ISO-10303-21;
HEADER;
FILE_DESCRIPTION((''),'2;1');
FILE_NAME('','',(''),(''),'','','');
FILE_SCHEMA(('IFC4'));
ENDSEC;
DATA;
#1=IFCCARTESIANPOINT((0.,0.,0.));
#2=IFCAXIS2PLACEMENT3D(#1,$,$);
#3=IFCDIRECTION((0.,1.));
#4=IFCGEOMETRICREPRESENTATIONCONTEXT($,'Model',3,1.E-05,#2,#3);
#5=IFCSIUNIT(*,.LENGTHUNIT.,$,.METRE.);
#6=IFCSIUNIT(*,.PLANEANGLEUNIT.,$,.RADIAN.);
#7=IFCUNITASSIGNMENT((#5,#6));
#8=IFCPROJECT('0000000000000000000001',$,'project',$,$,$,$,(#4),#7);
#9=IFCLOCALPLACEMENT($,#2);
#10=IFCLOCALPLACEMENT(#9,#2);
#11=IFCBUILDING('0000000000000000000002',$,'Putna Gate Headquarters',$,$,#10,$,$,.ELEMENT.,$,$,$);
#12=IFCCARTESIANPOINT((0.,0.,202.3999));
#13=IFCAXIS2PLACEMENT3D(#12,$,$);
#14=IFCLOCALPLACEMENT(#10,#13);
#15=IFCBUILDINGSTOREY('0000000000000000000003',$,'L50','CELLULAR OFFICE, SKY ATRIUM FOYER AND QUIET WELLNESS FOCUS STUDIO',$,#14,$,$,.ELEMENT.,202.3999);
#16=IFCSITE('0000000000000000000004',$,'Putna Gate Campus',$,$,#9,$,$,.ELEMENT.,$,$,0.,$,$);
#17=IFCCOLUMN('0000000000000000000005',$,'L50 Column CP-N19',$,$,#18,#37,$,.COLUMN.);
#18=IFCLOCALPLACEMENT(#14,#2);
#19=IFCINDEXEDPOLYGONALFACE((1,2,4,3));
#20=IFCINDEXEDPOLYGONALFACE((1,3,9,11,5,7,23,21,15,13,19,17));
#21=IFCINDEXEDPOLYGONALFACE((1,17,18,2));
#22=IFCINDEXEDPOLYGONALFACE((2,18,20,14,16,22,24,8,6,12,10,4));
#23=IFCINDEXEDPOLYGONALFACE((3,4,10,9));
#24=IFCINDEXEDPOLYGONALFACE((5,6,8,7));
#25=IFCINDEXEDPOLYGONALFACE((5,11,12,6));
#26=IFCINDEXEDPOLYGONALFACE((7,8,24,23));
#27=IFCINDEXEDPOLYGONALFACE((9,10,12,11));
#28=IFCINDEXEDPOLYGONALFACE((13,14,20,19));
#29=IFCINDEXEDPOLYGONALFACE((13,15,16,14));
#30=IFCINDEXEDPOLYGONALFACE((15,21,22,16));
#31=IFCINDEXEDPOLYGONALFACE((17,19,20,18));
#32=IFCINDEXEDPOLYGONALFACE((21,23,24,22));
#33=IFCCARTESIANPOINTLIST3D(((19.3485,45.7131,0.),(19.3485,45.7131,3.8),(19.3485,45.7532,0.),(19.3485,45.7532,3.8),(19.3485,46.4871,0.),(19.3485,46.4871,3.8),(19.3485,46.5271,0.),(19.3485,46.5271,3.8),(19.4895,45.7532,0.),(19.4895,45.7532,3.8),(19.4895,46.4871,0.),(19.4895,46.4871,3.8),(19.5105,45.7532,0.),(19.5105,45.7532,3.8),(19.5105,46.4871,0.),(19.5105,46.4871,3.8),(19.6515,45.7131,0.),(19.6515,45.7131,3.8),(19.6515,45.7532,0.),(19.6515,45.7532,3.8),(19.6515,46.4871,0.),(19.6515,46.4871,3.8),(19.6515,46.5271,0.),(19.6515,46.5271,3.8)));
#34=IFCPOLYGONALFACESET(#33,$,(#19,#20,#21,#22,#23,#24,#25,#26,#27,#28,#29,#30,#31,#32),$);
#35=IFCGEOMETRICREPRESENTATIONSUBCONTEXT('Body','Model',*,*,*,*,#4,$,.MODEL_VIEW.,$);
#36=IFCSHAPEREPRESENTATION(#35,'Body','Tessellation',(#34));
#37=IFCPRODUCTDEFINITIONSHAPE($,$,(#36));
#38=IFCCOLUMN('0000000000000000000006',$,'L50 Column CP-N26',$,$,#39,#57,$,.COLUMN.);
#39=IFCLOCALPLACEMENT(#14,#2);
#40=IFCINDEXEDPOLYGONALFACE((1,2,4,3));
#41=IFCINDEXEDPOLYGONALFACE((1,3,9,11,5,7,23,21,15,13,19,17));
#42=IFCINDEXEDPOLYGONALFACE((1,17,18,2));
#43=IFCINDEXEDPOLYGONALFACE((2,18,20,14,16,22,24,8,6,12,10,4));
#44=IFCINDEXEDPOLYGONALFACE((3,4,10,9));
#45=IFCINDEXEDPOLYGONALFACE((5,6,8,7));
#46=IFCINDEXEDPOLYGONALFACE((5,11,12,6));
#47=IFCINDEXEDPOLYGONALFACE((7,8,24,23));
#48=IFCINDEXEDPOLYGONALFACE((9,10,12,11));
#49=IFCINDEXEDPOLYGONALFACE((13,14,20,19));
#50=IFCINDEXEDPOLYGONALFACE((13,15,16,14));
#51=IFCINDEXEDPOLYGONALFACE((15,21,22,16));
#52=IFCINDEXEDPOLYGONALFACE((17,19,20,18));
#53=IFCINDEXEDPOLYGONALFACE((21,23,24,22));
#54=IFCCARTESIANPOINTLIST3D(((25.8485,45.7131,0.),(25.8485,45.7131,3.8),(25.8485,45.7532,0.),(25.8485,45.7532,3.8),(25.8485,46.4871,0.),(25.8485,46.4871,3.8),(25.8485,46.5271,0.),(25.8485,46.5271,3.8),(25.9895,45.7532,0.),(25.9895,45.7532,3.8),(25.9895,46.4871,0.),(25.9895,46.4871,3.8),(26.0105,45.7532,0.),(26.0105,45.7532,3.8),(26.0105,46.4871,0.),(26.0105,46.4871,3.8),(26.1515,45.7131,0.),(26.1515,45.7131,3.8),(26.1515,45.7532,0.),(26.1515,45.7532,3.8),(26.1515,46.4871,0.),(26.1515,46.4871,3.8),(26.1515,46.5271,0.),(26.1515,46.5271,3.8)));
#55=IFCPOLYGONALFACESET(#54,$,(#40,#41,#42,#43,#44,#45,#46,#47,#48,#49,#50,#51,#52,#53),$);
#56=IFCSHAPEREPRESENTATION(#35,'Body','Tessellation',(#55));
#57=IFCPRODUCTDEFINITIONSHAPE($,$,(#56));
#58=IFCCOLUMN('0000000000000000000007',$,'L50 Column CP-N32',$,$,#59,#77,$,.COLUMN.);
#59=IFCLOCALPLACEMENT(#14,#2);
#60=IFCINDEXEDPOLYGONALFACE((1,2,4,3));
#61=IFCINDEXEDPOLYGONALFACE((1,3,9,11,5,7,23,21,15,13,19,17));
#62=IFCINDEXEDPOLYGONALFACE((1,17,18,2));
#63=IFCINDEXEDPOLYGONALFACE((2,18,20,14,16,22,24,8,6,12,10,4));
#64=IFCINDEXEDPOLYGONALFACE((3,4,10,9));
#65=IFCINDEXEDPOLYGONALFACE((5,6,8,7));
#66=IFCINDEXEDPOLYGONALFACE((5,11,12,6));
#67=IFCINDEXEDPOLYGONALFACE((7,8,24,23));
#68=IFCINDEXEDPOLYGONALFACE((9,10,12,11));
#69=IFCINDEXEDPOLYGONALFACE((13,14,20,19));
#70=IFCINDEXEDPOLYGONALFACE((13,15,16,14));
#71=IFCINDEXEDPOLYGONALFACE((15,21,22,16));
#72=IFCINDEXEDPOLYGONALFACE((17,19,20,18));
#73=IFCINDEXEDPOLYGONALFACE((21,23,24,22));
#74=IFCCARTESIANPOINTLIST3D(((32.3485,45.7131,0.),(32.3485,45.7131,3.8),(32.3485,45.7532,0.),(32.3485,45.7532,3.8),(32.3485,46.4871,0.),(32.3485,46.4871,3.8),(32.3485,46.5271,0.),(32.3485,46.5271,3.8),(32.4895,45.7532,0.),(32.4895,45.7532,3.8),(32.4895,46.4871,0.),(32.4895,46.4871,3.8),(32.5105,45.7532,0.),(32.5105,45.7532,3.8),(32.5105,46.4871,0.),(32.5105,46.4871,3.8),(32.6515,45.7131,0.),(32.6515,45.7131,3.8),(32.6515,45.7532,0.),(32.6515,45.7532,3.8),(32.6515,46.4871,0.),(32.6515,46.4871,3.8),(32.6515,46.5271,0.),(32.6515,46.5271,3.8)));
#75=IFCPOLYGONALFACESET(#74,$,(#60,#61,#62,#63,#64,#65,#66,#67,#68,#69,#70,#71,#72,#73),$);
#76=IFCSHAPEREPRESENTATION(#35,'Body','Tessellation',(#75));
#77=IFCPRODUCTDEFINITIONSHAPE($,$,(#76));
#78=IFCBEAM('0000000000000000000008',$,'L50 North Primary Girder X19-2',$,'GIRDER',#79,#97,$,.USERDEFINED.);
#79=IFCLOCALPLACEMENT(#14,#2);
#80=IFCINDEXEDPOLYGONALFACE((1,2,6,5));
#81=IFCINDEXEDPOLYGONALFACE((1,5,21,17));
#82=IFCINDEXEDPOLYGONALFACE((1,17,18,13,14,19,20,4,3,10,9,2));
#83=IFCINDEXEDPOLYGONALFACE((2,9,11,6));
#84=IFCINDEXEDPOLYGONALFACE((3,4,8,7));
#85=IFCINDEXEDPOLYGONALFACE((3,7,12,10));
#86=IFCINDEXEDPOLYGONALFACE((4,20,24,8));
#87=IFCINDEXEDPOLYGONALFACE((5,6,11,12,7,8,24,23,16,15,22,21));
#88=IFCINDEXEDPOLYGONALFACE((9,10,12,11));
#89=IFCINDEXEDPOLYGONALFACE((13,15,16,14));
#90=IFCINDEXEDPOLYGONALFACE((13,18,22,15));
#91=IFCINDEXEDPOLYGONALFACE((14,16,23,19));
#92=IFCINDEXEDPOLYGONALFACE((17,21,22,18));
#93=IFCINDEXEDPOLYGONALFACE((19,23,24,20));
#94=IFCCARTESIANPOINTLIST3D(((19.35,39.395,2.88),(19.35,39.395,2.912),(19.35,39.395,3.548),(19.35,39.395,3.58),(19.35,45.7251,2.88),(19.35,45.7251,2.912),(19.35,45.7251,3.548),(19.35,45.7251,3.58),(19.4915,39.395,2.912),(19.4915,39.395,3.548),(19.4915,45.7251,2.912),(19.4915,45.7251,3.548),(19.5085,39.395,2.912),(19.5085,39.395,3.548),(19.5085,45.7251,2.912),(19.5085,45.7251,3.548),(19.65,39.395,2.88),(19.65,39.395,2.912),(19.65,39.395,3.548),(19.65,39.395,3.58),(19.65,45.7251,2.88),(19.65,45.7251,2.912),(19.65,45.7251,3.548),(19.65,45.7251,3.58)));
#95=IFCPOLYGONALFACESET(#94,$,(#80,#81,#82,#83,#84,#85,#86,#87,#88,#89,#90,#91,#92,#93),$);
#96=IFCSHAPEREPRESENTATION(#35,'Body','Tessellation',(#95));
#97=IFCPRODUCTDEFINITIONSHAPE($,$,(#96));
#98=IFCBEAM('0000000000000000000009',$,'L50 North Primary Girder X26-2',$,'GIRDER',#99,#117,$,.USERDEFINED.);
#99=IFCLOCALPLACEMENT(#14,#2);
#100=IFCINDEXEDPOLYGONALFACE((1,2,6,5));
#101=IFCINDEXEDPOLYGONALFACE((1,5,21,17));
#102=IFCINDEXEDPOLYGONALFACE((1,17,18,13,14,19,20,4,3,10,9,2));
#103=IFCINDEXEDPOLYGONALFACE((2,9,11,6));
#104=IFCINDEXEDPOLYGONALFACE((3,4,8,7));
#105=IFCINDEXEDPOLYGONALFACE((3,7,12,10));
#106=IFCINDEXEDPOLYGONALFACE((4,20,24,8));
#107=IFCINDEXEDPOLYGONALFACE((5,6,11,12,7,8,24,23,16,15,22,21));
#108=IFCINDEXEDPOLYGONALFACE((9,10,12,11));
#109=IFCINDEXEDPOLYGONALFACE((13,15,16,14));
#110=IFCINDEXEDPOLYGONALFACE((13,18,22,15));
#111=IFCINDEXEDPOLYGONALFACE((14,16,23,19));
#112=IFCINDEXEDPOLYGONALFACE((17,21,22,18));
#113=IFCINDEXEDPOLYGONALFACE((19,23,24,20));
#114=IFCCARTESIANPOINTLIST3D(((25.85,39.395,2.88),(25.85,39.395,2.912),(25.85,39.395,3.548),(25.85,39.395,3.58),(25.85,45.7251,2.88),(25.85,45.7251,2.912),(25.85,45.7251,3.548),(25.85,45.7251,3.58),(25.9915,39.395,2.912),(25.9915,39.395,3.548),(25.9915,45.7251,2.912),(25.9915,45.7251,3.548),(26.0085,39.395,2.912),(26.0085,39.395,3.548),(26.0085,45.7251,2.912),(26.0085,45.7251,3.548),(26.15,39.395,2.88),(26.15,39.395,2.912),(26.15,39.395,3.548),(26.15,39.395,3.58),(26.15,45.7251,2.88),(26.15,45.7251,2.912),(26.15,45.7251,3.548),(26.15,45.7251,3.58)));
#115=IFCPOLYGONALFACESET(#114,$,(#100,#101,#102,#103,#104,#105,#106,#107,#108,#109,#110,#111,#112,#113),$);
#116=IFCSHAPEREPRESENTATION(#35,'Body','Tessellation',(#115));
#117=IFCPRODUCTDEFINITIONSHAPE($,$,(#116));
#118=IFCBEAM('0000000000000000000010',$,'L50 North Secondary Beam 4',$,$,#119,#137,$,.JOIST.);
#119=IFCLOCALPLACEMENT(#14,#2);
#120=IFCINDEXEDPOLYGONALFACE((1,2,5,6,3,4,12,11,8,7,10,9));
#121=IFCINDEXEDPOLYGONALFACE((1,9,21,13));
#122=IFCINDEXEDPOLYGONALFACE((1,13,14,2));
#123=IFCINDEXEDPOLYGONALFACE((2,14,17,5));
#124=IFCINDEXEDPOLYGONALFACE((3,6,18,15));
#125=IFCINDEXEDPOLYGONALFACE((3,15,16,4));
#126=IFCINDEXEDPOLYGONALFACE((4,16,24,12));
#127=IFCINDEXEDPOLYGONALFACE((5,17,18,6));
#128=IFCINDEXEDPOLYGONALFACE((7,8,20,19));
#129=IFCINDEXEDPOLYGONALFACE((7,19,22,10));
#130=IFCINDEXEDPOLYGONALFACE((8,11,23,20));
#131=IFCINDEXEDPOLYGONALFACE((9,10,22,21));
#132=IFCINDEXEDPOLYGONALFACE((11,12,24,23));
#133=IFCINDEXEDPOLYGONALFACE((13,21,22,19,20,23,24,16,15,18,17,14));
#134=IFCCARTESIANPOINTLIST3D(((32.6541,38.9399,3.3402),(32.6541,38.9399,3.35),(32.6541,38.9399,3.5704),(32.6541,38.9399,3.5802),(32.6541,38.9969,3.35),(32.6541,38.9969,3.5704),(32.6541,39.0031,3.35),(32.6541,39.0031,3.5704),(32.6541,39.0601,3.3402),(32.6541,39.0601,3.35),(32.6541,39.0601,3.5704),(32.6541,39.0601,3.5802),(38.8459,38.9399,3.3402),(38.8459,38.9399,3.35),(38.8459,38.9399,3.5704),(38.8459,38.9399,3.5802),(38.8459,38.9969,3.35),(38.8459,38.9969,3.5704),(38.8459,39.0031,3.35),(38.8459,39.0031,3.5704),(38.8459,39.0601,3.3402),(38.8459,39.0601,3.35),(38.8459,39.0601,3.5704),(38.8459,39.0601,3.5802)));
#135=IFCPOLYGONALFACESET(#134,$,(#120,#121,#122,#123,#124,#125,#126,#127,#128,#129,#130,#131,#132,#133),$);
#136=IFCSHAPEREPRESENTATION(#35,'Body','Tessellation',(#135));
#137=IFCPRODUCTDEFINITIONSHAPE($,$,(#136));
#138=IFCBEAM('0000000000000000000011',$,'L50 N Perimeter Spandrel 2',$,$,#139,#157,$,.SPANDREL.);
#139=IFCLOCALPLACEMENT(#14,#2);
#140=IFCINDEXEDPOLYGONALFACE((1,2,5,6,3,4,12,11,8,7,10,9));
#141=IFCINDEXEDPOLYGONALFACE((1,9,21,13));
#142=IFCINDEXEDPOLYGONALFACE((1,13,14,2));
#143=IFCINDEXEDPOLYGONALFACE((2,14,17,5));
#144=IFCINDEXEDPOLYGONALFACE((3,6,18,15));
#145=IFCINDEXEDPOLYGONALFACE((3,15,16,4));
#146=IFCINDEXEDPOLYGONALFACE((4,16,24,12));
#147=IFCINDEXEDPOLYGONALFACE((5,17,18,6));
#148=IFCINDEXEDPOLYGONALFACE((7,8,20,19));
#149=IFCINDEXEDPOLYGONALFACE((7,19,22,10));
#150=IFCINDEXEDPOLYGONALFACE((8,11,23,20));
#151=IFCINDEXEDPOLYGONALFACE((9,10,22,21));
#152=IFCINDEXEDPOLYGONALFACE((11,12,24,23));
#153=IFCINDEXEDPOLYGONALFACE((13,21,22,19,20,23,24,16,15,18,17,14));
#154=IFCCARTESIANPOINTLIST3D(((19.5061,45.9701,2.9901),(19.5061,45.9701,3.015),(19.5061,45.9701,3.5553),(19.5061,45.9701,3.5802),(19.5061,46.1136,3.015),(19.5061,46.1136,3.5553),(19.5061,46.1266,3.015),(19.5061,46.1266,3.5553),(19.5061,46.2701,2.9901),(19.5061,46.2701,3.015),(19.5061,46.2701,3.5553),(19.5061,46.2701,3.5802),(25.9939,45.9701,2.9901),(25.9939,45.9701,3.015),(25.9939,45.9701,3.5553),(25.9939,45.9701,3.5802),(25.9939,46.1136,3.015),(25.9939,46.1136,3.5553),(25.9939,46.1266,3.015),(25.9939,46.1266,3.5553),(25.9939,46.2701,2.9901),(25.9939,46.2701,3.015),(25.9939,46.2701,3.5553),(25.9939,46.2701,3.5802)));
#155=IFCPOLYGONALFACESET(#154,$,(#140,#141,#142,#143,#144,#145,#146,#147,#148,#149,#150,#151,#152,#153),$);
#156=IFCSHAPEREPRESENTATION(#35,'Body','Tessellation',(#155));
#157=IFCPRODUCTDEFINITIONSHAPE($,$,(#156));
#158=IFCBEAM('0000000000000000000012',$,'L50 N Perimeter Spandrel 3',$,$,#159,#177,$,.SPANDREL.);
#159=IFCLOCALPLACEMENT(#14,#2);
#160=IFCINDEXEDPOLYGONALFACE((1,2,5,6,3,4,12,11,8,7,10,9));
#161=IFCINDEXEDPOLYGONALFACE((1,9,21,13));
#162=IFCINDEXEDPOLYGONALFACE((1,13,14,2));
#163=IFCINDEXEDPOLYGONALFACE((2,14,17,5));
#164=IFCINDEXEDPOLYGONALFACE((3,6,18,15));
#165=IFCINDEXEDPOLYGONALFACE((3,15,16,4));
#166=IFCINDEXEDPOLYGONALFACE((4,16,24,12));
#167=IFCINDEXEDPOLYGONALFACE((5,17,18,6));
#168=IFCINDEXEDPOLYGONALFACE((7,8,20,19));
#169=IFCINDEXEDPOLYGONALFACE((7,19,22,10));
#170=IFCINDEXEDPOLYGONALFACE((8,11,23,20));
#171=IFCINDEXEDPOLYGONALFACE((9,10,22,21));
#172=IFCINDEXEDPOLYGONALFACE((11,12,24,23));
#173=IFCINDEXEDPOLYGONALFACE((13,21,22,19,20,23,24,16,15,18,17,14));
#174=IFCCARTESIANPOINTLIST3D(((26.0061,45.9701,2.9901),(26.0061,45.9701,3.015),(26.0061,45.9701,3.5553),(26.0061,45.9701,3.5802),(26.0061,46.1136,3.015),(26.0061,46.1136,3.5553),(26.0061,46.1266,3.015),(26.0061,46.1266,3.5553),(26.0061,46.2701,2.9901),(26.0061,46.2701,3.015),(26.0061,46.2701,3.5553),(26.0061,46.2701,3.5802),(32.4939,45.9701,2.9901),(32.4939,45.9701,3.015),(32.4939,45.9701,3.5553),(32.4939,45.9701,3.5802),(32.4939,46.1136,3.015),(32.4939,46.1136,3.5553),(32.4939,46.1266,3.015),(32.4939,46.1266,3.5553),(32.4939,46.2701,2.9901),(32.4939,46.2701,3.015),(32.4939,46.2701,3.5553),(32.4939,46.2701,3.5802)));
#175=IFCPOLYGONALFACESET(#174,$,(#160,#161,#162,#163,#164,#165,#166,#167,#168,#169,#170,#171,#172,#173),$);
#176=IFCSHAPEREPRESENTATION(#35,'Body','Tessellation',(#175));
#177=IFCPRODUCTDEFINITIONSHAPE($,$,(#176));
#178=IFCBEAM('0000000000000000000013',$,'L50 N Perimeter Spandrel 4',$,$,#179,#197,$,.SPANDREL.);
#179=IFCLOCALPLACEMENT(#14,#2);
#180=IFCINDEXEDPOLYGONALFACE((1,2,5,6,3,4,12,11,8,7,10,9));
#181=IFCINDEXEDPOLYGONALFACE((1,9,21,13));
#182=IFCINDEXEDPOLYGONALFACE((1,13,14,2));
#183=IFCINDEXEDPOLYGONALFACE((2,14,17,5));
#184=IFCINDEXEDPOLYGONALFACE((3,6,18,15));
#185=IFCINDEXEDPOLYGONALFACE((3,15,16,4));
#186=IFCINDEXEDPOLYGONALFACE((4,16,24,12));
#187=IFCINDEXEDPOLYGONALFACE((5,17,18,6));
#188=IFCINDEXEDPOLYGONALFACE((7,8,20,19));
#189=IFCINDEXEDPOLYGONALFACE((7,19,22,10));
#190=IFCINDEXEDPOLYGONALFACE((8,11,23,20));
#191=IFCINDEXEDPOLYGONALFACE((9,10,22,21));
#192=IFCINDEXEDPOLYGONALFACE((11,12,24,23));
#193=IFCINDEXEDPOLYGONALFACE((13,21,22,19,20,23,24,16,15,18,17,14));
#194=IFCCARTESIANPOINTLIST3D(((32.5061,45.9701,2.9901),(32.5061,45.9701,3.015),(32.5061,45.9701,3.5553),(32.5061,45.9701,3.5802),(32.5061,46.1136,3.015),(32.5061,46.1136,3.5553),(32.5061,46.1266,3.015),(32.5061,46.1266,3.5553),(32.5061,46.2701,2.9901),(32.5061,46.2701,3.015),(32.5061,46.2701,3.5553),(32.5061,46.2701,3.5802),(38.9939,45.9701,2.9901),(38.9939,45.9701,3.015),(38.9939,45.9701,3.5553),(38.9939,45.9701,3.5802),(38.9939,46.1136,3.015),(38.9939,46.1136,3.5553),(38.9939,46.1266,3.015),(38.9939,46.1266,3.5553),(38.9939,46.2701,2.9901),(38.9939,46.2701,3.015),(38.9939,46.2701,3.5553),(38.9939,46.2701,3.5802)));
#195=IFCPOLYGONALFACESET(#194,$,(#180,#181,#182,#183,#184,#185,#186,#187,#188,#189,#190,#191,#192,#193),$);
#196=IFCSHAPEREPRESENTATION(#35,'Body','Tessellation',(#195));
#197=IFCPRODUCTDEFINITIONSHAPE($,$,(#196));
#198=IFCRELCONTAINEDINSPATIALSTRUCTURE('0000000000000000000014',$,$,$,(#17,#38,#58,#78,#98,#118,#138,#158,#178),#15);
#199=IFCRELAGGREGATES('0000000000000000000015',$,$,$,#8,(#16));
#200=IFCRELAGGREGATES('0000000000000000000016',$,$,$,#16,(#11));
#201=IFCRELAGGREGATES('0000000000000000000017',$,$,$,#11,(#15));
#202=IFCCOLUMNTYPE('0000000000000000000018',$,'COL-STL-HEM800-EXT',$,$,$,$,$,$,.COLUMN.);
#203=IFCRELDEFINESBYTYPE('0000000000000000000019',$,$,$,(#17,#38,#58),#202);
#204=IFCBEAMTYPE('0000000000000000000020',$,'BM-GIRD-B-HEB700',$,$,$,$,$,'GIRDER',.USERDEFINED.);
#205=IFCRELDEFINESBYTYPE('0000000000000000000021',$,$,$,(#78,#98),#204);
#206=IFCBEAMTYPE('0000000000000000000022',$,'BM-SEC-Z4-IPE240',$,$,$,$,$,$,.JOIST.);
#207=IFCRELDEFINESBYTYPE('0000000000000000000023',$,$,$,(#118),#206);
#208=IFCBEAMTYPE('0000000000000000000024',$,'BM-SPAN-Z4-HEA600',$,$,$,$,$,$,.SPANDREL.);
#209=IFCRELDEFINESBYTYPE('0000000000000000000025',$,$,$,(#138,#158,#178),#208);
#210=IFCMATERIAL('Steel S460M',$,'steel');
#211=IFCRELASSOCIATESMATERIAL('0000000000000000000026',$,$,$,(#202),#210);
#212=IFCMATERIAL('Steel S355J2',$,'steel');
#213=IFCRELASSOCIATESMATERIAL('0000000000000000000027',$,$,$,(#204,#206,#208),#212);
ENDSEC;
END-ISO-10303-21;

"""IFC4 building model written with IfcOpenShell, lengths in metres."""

from ifc_helpers import new_model, si_unit, direction, frame, origin, origin_2d, place, context, subcontext, project, spatial, i_section, extrude, material, material_profile, profile_set, type_object, element, save


model = new_model("IFC4")

# Units and contexts
model_context = context("Model", 3, precision=1e-05, world=origin(), true_north=direction((0.0, 1.0)))
body_context = subcontext(model_context, "Body", "Model", "MODEL_VIEW")
ifc_project = project(units=[si_unit("LENGTHUNIT", "METRE"), si_unit("PLANEANGLEUNIT", "RADIAN")], contexts=[model_context])

# Site, building, storey
site_placement = place(None, origin())
site = spatial("IfcSite", under=ifc_project, at=site_placement, Name="Putna Gate Campus", CompositionType="ELEMENT", RefElevation=0.0)
building_placement = place(site_placement, origin())
building = spatial("IfcBuilding", under=site, at=building_placement, Name="Putna Gate Headquarters", CompositionType="ELEMENT")
storey_placement = place(building_placement, frame((0.0, 0.0, 202.3999)))
storey = spatial("IfcBuildingStorey", under=building, at=storey_placement, Name="L50", Description="CELLULAR OFFICE, SKY ATRIUM FOYER AND QUIET WELLNESS FOCUS STUDIO", CompositionType="ELEMENT", Elevation=202.3999)

# Columns
ifc_material_1 = material(Name="Steel S460M", Category="steel")
ifc_material_profile_1 = material_profile(ifc_material_1, i_section(OverallWidth=0.303, OverallDepth=0.814, WebThickness=0.021, FlangeThickness=0.04, at=origin_2d()), Name="Steel S460M")
ifc_profile_set_1 = profile_set([ifc_material_profile_1], Name="Steel S460M")
column_type = type_object("IfcColumnType", Name="COL-STL-HEM800-EXT", PredefinedType="COLUMN", material=ifc_profile_set_1)
for number, where, z_axis, x_axis, name in (
    (1, (19.5, 46.1201, 0.0), (0.0, 0.0, 1.0), (1.0, 0.0, 0.0), "L50 Column CP-N19"),
    (2, (26.0, 46.1201, 0.0), (0.0, 0.0, 1.0), (1.0, 0.0, 0.0), "L50 Column CP-N26"),
    (3, (32.5, 46.1201, 0.0), (0.0, 0.0, 1.0), (1.0, 0.0, 0.0), "L50 Column CP-N32"),
):
    element("IfcColumn", number, at=place(storey_placement, frame(where, z_axis=z_axis, x_axis=x_axis)), inside=storey, type_object=column_type, Name=name, PredefinedType="COLUMN", context=body_context, shape_type="SweptSolid", body=[
        extrude(i_section(OverallWidth=0.303, OverallDepth=0.814, WebThickness=0.021, FlangeThickness=0.04, at=origin_2d()), origin(), (0.0, 0.0, 1.0), 3.8),
    ])

# Beams
ifc_material_2 = material(Name="Steel S355J2", Category="steel")
ifc_material_profile_2 = material_profile(ifc_material_2, i_section(OverallWidth=0.3, OverallDepth=0.7, WebThickness=0.0171, FlangeThickness=0.032, at=origin_2d()), Name="Steel S355J2")
ifc_profile_set_2 = profile_set([ifc_material_profile_2], Name="Steel S355J2")
beam_type_1 = type_object("IfcBeamType", Name="BM-GIRD-B-HEB700", ElementType="GIRDER", PredefinedType="USERDEFINED", material=ifc_profile_set_2)
for number, where, z_axis, x_axis, name in (
    (4, (19.5, 39.395, 3.23), (0.0, 1.0, 0.0), (-1.0, 0.0, 0.0), "L50 North Primary Girder X19-2"),
    (5, (26.0, 39.395, 3.23), (0.0, 1.0, 0.0), (-1.0, 0.0, 0.0), "L50 North Primary Girder X26-2"),
):
    element("IfcBeam", number, at=place(storey_placement, frame(where, z_axis=z_axis, x_axis=x_axis)), inside=storey, type_object=beam_type_1, Name=name, ObjectType="GIRDER", PredefinedType="USERDEFINED", context=body_context, shape_type="SweptSolid", body=[
        extrude(i_section(OverallWidth=0.3, OverallDepth=0.7, WebThickness=0.0171, FlangeThickness=0.032, at=origin_2d()), origin(), (0.0, 0.0, 1.0), 6.3301),
    ])
ifc_material_profile_3 = material_profile(ifc_material_2, i_section(OverallWidth=0.1201, OverallDepth=0.24, WebThickness=0.0061, FlangeThickness=0.0098, at=origin_2d()), Name="Steel S355J2")
ifc_profile_set_3 = profile_set([ifc_material_profile_3], Name="Steel S355J2")
beam_type_2 = type_object("IfcBeamType", Name="BM-SEC-Z4-IPE240", PredefinedType="JOIST", material=ifc_profile_set_3)
beam_placement = place(storey_placement, frame((32.6541, 39.0, 3.4602), z_axis=(1.0, 0.0, 0.0), x_axis=(0.0, 1.0, 0.0)))
element("IfcBeam", 6, at=beam_placement, inside=storey, type_object=beam_type_2, Name="L50 North Secondary Beam 4", PredefinedType="JOIST", context=body_context, shape_type="SweptSolid", body=[
    extrude(i_section(OverallWidth=0.1201, OverallDepth=0.24, WebThickness=0.0061, FlangeThickness=0.0098, at=origin_2d()), origin(), (0.0, 0.0, 1.0), 6.1919),
])
ifc_material_profile_4 = material_profile(ifc_material_2, i_section(OverallWidth=0.3, OverallDepth=0.5901, WebThickness=0.0129, FlangeThickness=0.0249, at=origin_2d()), Name="Steel S355J2")
ifc_profile_set_4 = profile_set([ifc_material_profile_4], Name="Steel S355J2")
beam_type_3 = type_object("IfcBeamType", Name="BM-SPAN-Z4-HEA600", PredefinedType="SPANDREL", material=ifc_profile_set_4)
for number, where, z_axis, x_axis, name in (
    (7, (19.5061, 46.1201, 3.2852), (1.0, 0.0, 0.0), (0.0, 1.0, 0.0), "L50 N Perimeter Spandrel 2"),
    (8, (26.0061, 46.1201, 3.2852), (1.0, 0.0, 0.0), (0.0, 1.0, 0.0), "L50 N Perimeter Spandrel 3"),
    (9, (32.5061, 46.1201, 3.2852), (1.0, 0.0, 0.0), (0.0, 1.0, 0.0), "L50 N Perimeter Spandrel 4"),
):
    element("IfcBeam", number, at=place(storey_placement, frame(where, z_axis=z_axis, x_axis=x_axis)), inside=storey, type_object=beam_type_3, Name=name, PredefinedType="SPANDREL", context=body_context, shape_type="SweptSolid", body=[
        extrude(i_section(OverallWidth=0.3, OverallDepth=0.5901, WebThickness=0.0129, FlangeThickness=0.0249, at=origin_2d()), origin(), (0.0, 0.0, 1.0), 6.4878),
    ])

save(model, "model.ifc")
